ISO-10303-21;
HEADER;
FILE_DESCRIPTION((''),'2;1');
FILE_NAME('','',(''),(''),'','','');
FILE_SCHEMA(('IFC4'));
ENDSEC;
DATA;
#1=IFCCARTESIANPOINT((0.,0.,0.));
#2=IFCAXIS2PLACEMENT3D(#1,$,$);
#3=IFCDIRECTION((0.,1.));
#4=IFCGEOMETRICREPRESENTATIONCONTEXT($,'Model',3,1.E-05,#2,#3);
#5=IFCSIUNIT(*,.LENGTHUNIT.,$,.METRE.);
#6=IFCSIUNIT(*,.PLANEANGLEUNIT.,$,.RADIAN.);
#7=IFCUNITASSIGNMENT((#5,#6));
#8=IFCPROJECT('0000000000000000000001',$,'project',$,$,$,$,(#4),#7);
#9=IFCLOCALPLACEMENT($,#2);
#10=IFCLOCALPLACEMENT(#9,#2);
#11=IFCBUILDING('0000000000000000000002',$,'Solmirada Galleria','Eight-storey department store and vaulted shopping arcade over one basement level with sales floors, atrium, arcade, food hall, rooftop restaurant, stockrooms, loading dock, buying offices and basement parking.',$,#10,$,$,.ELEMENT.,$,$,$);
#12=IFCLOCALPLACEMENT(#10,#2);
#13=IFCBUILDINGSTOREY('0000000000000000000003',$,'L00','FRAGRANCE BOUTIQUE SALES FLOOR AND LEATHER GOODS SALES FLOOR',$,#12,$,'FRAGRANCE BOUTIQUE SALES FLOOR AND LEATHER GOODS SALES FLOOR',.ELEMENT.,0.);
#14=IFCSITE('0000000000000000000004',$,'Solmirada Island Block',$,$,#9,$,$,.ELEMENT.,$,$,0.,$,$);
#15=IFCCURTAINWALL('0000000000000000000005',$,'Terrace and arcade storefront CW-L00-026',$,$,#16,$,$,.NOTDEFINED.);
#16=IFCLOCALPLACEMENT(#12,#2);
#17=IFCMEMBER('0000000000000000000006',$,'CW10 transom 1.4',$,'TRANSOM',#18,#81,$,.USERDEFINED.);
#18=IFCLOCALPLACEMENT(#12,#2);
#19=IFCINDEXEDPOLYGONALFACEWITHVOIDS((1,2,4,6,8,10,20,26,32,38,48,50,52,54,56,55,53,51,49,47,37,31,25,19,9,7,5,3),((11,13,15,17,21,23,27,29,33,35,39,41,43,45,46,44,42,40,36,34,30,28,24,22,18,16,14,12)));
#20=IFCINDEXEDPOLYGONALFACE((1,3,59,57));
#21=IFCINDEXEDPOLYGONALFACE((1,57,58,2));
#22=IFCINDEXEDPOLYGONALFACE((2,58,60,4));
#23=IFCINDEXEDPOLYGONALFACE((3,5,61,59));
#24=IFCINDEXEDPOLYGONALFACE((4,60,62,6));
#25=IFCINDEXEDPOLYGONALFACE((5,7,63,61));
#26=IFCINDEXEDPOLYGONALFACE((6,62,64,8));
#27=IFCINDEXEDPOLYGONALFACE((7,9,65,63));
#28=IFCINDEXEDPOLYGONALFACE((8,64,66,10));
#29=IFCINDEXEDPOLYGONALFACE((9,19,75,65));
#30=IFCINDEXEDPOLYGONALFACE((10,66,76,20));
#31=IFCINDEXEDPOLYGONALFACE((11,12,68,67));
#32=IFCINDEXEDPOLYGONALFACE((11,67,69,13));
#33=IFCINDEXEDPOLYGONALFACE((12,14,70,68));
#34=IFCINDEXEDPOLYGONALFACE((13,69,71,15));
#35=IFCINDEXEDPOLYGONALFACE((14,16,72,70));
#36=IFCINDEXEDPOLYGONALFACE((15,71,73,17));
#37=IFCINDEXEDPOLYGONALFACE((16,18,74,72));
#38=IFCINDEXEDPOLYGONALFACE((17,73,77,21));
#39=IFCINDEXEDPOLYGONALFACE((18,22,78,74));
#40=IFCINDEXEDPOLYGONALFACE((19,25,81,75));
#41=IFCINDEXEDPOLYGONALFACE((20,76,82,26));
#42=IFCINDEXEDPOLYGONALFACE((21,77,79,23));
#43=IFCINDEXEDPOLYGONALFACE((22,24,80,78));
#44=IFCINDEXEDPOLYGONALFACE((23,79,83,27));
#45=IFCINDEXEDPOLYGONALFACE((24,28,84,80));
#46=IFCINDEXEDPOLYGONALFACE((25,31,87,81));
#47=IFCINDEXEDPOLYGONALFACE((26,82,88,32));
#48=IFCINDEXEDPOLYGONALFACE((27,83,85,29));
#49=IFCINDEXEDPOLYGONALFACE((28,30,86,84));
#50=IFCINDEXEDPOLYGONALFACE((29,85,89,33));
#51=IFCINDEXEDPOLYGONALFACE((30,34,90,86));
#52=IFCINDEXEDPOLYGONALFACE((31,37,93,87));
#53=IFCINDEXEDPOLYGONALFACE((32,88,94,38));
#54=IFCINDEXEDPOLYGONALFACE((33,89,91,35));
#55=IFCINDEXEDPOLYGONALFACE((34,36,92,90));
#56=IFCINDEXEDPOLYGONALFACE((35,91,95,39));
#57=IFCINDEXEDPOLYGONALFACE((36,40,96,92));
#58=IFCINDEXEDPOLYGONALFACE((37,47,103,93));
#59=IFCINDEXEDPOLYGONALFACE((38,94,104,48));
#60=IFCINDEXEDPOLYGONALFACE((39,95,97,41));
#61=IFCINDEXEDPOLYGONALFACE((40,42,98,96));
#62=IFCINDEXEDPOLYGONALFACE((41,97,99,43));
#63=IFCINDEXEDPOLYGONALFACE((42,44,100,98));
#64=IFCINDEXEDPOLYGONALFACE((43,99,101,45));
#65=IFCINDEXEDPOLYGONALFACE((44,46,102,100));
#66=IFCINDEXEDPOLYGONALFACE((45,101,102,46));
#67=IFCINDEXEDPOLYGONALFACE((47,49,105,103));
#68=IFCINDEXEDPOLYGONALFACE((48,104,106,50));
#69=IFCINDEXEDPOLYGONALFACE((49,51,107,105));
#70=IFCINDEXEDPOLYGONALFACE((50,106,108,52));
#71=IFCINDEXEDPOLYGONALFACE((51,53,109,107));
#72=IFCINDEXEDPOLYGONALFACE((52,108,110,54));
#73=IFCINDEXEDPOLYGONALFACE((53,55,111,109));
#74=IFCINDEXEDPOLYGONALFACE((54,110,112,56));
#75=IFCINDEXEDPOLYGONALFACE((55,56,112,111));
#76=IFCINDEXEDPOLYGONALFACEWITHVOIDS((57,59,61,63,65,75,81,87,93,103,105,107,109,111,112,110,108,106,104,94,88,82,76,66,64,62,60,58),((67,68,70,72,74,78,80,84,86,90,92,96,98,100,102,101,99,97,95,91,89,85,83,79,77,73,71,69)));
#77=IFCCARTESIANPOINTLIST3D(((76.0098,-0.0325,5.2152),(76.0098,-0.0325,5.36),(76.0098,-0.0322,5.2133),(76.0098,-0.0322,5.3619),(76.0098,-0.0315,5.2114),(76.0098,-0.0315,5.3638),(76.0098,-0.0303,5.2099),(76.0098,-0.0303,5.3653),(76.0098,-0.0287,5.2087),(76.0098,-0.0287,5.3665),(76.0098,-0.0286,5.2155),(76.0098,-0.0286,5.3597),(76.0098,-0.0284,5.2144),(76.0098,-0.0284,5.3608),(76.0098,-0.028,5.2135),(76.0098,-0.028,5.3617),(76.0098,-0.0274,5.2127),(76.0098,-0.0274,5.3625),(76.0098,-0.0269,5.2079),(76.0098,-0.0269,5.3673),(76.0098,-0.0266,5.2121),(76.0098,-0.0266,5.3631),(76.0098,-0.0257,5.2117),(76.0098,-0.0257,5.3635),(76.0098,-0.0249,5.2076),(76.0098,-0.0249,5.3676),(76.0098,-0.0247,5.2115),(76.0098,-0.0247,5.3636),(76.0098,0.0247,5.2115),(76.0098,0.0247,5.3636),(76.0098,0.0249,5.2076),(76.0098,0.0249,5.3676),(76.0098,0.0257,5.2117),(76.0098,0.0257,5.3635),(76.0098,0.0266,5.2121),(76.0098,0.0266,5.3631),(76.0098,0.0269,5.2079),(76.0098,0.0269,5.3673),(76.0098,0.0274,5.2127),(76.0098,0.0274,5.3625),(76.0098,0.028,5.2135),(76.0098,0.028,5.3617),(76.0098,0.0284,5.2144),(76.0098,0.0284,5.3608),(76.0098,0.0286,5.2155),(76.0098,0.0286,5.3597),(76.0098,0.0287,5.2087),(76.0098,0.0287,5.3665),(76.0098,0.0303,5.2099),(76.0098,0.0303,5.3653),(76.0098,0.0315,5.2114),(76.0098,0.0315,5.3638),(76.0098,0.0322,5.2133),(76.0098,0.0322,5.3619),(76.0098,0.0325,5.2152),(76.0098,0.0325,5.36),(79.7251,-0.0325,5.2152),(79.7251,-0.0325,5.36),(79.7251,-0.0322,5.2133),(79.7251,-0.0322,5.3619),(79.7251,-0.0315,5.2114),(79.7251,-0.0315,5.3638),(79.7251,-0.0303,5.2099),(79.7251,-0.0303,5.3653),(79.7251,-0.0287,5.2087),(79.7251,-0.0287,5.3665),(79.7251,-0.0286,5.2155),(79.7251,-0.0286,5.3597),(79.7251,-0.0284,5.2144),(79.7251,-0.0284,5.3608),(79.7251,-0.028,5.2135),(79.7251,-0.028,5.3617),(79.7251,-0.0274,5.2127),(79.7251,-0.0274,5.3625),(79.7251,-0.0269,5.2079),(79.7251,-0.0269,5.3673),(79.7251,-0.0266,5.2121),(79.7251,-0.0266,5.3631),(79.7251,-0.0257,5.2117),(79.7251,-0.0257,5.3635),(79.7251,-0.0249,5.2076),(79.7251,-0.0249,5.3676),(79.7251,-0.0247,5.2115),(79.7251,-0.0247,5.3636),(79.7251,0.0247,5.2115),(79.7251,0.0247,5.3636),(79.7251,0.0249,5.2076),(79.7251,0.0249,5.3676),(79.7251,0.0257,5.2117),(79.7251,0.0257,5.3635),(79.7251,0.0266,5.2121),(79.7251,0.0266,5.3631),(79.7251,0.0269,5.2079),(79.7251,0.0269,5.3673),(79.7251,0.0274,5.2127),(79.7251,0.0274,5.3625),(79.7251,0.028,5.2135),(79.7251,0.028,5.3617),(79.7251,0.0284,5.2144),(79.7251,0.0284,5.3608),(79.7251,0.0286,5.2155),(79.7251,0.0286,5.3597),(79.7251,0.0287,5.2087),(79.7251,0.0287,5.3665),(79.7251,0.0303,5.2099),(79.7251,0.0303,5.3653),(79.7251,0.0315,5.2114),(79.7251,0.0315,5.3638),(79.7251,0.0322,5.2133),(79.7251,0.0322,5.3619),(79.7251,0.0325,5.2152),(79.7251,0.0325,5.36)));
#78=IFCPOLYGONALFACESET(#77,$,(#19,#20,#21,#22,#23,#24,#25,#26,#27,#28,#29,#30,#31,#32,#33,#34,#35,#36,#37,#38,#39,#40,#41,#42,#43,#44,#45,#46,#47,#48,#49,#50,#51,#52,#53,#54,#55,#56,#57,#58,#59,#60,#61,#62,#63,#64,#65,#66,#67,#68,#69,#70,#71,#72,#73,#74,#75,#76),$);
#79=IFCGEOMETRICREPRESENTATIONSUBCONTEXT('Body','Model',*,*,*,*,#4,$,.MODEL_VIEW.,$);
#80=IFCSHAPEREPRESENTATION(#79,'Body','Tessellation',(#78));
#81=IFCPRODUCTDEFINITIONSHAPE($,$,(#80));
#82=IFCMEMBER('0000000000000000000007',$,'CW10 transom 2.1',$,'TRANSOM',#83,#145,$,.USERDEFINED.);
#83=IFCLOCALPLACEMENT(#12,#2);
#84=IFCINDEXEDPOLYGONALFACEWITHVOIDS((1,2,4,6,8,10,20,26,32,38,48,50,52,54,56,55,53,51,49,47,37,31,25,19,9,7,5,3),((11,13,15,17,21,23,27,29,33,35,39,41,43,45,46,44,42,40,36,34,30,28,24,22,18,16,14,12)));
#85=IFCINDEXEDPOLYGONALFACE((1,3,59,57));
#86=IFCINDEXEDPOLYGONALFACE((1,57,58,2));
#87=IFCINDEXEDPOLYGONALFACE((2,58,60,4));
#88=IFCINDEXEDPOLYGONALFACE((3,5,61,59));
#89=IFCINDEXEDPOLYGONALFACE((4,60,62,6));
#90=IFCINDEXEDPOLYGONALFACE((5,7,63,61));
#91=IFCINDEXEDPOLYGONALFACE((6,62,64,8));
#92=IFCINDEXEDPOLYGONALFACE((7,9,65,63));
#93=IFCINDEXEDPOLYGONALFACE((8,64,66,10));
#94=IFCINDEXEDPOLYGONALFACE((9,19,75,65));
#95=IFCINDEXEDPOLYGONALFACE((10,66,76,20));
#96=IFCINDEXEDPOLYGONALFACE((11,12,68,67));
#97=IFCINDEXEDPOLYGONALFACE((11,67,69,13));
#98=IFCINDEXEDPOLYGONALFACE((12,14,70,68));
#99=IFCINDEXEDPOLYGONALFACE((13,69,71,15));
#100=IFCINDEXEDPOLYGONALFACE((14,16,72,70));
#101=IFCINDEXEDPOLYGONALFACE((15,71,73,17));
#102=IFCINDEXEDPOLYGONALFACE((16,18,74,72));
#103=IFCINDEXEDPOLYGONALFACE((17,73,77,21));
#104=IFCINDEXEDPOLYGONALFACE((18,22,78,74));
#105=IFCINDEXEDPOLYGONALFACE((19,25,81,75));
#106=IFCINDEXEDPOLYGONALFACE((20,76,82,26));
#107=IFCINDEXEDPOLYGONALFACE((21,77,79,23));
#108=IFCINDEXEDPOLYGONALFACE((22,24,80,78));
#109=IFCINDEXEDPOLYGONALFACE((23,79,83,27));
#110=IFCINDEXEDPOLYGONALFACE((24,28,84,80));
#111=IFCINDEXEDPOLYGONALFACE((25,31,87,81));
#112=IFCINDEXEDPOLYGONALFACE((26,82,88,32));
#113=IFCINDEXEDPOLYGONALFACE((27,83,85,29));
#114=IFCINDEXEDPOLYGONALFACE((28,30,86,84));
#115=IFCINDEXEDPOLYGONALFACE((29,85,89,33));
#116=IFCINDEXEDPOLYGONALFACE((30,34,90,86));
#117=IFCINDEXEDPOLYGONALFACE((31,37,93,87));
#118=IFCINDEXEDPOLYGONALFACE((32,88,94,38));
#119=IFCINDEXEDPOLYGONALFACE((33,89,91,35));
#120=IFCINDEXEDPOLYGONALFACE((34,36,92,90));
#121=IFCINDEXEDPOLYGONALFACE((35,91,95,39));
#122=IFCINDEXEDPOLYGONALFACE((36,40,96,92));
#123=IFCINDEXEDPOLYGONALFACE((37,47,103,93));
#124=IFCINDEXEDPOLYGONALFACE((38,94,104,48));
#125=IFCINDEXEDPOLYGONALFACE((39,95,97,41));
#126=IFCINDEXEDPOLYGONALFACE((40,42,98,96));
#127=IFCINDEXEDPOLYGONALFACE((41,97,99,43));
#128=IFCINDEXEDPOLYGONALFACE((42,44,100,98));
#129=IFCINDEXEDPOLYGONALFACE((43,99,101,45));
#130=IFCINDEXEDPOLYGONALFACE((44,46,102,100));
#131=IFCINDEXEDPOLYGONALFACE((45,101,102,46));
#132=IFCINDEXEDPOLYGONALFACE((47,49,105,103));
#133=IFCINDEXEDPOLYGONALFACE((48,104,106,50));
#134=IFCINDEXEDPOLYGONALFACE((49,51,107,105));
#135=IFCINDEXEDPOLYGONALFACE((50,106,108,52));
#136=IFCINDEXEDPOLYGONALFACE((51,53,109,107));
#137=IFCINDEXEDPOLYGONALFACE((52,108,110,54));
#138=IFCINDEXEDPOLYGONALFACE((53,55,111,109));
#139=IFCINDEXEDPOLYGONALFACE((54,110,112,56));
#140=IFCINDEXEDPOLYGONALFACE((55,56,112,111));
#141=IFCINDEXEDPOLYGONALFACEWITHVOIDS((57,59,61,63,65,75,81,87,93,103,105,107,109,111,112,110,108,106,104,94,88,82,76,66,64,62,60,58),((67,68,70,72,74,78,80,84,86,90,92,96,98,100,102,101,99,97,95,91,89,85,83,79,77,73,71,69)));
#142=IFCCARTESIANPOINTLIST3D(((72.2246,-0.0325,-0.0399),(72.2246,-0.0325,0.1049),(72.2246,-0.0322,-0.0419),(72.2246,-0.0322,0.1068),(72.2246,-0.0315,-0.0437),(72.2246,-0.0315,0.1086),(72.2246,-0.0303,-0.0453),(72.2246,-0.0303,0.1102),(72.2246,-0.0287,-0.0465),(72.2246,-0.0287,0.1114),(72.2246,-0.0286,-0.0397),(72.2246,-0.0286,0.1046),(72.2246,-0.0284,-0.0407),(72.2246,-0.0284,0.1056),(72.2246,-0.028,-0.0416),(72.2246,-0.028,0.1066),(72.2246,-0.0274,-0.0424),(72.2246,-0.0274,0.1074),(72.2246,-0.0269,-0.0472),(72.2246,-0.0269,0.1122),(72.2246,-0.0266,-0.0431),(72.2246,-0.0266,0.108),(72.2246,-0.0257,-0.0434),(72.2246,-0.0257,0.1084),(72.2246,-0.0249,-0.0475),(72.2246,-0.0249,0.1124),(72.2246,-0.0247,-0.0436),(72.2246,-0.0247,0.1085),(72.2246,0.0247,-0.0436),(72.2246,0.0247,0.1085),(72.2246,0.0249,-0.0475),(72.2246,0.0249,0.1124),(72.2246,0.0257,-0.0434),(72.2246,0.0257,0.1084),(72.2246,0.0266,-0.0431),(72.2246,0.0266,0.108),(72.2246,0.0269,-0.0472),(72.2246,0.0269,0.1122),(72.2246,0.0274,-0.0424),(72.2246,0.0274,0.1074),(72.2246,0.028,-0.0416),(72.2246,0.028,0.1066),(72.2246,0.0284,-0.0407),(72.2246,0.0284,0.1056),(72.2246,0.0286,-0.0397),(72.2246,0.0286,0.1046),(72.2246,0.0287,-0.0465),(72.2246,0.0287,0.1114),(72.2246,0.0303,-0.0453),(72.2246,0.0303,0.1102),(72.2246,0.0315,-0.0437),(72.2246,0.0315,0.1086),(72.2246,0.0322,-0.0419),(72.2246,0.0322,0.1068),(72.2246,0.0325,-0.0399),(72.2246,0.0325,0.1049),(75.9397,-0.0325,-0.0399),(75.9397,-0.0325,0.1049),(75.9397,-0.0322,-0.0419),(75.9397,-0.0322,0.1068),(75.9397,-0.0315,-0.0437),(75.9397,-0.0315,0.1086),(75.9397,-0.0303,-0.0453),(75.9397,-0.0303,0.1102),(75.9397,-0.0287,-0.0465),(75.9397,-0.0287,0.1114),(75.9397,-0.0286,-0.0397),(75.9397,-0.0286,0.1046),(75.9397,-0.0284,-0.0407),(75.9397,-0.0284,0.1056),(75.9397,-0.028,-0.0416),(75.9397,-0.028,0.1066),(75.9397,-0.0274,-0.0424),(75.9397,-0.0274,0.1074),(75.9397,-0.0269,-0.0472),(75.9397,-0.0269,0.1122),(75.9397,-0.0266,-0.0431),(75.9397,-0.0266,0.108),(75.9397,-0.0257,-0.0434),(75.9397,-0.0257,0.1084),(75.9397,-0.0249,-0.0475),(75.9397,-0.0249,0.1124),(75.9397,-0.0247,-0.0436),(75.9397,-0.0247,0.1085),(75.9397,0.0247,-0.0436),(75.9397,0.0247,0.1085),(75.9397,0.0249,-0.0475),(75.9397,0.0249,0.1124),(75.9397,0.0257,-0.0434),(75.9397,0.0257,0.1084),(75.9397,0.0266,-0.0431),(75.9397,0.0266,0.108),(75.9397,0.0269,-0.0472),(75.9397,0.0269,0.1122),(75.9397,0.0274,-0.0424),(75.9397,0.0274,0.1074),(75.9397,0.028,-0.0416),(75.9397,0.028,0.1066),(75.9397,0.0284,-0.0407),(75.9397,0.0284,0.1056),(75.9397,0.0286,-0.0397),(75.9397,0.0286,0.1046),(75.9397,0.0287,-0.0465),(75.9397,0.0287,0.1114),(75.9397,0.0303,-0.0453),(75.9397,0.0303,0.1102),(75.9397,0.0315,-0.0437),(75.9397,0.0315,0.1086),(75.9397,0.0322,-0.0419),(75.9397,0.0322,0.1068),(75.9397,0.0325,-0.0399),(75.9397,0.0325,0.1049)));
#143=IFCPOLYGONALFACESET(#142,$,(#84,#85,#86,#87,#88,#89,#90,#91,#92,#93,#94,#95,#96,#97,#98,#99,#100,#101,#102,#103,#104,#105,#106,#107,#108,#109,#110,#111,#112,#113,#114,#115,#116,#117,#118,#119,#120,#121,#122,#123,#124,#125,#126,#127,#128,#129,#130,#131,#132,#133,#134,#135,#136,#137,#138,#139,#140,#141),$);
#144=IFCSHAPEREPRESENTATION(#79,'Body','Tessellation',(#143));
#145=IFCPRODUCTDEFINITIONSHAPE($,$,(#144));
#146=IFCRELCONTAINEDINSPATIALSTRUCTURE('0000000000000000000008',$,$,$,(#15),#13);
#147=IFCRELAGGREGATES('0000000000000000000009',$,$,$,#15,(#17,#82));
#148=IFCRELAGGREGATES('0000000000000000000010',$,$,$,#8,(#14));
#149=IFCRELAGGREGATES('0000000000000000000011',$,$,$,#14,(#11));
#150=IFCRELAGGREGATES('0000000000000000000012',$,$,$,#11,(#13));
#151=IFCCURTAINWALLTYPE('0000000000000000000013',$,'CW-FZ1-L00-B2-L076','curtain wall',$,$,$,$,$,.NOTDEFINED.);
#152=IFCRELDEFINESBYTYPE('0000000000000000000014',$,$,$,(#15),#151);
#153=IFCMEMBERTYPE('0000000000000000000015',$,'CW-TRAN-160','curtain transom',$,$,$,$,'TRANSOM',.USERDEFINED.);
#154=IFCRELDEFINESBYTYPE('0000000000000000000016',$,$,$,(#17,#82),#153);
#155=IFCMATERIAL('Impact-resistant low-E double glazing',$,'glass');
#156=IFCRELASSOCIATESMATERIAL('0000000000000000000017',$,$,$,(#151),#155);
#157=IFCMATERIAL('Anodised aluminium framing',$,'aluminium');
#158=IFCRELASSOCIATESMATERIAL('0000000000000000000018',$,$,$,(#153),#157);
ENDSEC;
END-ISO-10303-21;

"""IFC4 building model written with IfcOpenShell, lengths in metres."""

from ifc_helpers import new_model, si_unit, direction, frame, origin, origin_2d, place, context, subcontext, project, spatial, hollow_rectangle, extrude, material, material_profile, profile_set, type_object, element, aggregate, save


model = new_model("IFC4")

# Units and contexts
model_context = context("Model", 3, precision=1e-05, world=origin(), true_north=direction((0.0, 1.0)))
body_context = subcontext(model_context, "Body", "Model", "MODEL_VIEW")
ifc_project = project(units=[si_unit("LENGTHUNIT", "METRE"), si_unit("PLANEANGLEUNIT", "RADIAN")], contexts=[model_context])

# Site, building, storey
site_placement = place(None, origin())
site = spatial("IfcSite", under=ifc_project, at=site_placement, Name="Solmirada Island Block", CompositionType="ELEMENT", RefElevation=0.0)
building_placement = place(site_placement, origin())
building = spatial("IfcBuilding", under=site, at=building_placement, Name="Solmirada Galleria", Description="Eight-storey department store and vaulted shopping arcade over one basement level with sales floors, atrium, arcade, food hall, rooftop restaurant, stockrooms, loading dock, buying offices and basement parking.", CompositionType="ELEMENT")
storey_placement = place(building_placement, origin())
storey = spatial("IfcBuildingStorey", under=building, at=storey_placement, Name="L00", Description="FRAGRANCE BOUTIQUE SALES FLOOR AND LEATHER GOODS SALES FLOOR", LongName="FRAGRANCE BOUTIQUE SALES FLOOR AND LEATHER GOODS SALES FLOOR", CompositionType="ELEMENT", Elevation=0.0)

# Curtain wall
ifc_material_1 = material(Name="Impact-resistant low-E double glazing", Category="glass")
curtain_wall_type_1 = type_object("IfcCurtainWallType", Name="CW-FZ1-L00-B2-L076", Description="curtain wall", PredefinedType="NOTDEFINED", material=ifc_material_1)
curtain_wall_1_placement = place(storey_placement, origin())
curtain_wall_1 = element("IfcCurtainWall", 1, at=curtain_wall_1_placement, inside=storey, type_object=curtain_wall_type_1, Name="Terrace and arcade storefront CW-L00-026", PredefinedType="NOTDEFINED")
ifc_material_2 = material(Name="Anodised aluminium framing", Category="aluminium")

# Members
ifc_material_profile_1 = material_profile(ifc_material_2, hollow_rectangle(XDim=0.0649, YDim=0.1599, WallThickness=0.0039, InnerFilletRadius=0.0039, OuterFilletRadius=0.0076, at=origin_2d()), Name="ALU-TRAN-160X65")
ifc_profile_set_1 = profile_set([ifc_material_profile_1], Name="Anodised aluminium framing")
member_type_1 = type_object("IfcMemberType", Name="CW-TRAN-160", Description="curtain transom", ElementType="TRANSOM", PredefinedType="USERDEFINED", material=ifc_profile_set_1)
member_1_placement = place(storey_placement, frame((79.7251, 0.0, 5.2876), z_axis=(-1.0, 0.0, 0.0), x_axis=(0.0, -1.0, 0.0)))
member_1 = element("IfcMember", 2, at=member_1_placement, type_object=member_type_1, Name="CW10 transom 1.4", ObjectType="TRANSOM", PredefinedType="USERDEFINED", context=body_context, shape_type="SweptSolid", body=[
    extrude(hollow_rectangle(XDim=0.0649, YDim=0.1599, WallThickness=0.0039, InnerFilletRadius=0.0039, OuterFilletRadius=0.0076, at=origin_2d()), origin(), (0.0, 0.0, 1.0), 3.7153),
])
member_2_placement = place(storey_placement, frame((75.9397, 0.0, 0.0325), z_axis=(-1.0, 0.0, 0.0), x_axis=(0.0, -1.0, 0.0)))
member_2 = element("IfcMember", 3, at=member_2_placement, type_object=member_type_1, Name="CW10 transom 2.1", ObjectType="TRANSOM", PredefinedType="USERDEFINED", context=body_context, shape_type="SweptSolid", body=[
    extrude(hollow_rectangle(XDim=0.0649, YDim=0.1599, WallThickness=0.0039, InnerFilletRadius=0.0039, OuterFilletRadius=0.0076, at=origin_2d()), origin(), (0.0, 0.0, 1.0), 3.7151),
])

aggregate(curtain_wall_1, [member_1, member_2])

save(model, "model.ifc")
